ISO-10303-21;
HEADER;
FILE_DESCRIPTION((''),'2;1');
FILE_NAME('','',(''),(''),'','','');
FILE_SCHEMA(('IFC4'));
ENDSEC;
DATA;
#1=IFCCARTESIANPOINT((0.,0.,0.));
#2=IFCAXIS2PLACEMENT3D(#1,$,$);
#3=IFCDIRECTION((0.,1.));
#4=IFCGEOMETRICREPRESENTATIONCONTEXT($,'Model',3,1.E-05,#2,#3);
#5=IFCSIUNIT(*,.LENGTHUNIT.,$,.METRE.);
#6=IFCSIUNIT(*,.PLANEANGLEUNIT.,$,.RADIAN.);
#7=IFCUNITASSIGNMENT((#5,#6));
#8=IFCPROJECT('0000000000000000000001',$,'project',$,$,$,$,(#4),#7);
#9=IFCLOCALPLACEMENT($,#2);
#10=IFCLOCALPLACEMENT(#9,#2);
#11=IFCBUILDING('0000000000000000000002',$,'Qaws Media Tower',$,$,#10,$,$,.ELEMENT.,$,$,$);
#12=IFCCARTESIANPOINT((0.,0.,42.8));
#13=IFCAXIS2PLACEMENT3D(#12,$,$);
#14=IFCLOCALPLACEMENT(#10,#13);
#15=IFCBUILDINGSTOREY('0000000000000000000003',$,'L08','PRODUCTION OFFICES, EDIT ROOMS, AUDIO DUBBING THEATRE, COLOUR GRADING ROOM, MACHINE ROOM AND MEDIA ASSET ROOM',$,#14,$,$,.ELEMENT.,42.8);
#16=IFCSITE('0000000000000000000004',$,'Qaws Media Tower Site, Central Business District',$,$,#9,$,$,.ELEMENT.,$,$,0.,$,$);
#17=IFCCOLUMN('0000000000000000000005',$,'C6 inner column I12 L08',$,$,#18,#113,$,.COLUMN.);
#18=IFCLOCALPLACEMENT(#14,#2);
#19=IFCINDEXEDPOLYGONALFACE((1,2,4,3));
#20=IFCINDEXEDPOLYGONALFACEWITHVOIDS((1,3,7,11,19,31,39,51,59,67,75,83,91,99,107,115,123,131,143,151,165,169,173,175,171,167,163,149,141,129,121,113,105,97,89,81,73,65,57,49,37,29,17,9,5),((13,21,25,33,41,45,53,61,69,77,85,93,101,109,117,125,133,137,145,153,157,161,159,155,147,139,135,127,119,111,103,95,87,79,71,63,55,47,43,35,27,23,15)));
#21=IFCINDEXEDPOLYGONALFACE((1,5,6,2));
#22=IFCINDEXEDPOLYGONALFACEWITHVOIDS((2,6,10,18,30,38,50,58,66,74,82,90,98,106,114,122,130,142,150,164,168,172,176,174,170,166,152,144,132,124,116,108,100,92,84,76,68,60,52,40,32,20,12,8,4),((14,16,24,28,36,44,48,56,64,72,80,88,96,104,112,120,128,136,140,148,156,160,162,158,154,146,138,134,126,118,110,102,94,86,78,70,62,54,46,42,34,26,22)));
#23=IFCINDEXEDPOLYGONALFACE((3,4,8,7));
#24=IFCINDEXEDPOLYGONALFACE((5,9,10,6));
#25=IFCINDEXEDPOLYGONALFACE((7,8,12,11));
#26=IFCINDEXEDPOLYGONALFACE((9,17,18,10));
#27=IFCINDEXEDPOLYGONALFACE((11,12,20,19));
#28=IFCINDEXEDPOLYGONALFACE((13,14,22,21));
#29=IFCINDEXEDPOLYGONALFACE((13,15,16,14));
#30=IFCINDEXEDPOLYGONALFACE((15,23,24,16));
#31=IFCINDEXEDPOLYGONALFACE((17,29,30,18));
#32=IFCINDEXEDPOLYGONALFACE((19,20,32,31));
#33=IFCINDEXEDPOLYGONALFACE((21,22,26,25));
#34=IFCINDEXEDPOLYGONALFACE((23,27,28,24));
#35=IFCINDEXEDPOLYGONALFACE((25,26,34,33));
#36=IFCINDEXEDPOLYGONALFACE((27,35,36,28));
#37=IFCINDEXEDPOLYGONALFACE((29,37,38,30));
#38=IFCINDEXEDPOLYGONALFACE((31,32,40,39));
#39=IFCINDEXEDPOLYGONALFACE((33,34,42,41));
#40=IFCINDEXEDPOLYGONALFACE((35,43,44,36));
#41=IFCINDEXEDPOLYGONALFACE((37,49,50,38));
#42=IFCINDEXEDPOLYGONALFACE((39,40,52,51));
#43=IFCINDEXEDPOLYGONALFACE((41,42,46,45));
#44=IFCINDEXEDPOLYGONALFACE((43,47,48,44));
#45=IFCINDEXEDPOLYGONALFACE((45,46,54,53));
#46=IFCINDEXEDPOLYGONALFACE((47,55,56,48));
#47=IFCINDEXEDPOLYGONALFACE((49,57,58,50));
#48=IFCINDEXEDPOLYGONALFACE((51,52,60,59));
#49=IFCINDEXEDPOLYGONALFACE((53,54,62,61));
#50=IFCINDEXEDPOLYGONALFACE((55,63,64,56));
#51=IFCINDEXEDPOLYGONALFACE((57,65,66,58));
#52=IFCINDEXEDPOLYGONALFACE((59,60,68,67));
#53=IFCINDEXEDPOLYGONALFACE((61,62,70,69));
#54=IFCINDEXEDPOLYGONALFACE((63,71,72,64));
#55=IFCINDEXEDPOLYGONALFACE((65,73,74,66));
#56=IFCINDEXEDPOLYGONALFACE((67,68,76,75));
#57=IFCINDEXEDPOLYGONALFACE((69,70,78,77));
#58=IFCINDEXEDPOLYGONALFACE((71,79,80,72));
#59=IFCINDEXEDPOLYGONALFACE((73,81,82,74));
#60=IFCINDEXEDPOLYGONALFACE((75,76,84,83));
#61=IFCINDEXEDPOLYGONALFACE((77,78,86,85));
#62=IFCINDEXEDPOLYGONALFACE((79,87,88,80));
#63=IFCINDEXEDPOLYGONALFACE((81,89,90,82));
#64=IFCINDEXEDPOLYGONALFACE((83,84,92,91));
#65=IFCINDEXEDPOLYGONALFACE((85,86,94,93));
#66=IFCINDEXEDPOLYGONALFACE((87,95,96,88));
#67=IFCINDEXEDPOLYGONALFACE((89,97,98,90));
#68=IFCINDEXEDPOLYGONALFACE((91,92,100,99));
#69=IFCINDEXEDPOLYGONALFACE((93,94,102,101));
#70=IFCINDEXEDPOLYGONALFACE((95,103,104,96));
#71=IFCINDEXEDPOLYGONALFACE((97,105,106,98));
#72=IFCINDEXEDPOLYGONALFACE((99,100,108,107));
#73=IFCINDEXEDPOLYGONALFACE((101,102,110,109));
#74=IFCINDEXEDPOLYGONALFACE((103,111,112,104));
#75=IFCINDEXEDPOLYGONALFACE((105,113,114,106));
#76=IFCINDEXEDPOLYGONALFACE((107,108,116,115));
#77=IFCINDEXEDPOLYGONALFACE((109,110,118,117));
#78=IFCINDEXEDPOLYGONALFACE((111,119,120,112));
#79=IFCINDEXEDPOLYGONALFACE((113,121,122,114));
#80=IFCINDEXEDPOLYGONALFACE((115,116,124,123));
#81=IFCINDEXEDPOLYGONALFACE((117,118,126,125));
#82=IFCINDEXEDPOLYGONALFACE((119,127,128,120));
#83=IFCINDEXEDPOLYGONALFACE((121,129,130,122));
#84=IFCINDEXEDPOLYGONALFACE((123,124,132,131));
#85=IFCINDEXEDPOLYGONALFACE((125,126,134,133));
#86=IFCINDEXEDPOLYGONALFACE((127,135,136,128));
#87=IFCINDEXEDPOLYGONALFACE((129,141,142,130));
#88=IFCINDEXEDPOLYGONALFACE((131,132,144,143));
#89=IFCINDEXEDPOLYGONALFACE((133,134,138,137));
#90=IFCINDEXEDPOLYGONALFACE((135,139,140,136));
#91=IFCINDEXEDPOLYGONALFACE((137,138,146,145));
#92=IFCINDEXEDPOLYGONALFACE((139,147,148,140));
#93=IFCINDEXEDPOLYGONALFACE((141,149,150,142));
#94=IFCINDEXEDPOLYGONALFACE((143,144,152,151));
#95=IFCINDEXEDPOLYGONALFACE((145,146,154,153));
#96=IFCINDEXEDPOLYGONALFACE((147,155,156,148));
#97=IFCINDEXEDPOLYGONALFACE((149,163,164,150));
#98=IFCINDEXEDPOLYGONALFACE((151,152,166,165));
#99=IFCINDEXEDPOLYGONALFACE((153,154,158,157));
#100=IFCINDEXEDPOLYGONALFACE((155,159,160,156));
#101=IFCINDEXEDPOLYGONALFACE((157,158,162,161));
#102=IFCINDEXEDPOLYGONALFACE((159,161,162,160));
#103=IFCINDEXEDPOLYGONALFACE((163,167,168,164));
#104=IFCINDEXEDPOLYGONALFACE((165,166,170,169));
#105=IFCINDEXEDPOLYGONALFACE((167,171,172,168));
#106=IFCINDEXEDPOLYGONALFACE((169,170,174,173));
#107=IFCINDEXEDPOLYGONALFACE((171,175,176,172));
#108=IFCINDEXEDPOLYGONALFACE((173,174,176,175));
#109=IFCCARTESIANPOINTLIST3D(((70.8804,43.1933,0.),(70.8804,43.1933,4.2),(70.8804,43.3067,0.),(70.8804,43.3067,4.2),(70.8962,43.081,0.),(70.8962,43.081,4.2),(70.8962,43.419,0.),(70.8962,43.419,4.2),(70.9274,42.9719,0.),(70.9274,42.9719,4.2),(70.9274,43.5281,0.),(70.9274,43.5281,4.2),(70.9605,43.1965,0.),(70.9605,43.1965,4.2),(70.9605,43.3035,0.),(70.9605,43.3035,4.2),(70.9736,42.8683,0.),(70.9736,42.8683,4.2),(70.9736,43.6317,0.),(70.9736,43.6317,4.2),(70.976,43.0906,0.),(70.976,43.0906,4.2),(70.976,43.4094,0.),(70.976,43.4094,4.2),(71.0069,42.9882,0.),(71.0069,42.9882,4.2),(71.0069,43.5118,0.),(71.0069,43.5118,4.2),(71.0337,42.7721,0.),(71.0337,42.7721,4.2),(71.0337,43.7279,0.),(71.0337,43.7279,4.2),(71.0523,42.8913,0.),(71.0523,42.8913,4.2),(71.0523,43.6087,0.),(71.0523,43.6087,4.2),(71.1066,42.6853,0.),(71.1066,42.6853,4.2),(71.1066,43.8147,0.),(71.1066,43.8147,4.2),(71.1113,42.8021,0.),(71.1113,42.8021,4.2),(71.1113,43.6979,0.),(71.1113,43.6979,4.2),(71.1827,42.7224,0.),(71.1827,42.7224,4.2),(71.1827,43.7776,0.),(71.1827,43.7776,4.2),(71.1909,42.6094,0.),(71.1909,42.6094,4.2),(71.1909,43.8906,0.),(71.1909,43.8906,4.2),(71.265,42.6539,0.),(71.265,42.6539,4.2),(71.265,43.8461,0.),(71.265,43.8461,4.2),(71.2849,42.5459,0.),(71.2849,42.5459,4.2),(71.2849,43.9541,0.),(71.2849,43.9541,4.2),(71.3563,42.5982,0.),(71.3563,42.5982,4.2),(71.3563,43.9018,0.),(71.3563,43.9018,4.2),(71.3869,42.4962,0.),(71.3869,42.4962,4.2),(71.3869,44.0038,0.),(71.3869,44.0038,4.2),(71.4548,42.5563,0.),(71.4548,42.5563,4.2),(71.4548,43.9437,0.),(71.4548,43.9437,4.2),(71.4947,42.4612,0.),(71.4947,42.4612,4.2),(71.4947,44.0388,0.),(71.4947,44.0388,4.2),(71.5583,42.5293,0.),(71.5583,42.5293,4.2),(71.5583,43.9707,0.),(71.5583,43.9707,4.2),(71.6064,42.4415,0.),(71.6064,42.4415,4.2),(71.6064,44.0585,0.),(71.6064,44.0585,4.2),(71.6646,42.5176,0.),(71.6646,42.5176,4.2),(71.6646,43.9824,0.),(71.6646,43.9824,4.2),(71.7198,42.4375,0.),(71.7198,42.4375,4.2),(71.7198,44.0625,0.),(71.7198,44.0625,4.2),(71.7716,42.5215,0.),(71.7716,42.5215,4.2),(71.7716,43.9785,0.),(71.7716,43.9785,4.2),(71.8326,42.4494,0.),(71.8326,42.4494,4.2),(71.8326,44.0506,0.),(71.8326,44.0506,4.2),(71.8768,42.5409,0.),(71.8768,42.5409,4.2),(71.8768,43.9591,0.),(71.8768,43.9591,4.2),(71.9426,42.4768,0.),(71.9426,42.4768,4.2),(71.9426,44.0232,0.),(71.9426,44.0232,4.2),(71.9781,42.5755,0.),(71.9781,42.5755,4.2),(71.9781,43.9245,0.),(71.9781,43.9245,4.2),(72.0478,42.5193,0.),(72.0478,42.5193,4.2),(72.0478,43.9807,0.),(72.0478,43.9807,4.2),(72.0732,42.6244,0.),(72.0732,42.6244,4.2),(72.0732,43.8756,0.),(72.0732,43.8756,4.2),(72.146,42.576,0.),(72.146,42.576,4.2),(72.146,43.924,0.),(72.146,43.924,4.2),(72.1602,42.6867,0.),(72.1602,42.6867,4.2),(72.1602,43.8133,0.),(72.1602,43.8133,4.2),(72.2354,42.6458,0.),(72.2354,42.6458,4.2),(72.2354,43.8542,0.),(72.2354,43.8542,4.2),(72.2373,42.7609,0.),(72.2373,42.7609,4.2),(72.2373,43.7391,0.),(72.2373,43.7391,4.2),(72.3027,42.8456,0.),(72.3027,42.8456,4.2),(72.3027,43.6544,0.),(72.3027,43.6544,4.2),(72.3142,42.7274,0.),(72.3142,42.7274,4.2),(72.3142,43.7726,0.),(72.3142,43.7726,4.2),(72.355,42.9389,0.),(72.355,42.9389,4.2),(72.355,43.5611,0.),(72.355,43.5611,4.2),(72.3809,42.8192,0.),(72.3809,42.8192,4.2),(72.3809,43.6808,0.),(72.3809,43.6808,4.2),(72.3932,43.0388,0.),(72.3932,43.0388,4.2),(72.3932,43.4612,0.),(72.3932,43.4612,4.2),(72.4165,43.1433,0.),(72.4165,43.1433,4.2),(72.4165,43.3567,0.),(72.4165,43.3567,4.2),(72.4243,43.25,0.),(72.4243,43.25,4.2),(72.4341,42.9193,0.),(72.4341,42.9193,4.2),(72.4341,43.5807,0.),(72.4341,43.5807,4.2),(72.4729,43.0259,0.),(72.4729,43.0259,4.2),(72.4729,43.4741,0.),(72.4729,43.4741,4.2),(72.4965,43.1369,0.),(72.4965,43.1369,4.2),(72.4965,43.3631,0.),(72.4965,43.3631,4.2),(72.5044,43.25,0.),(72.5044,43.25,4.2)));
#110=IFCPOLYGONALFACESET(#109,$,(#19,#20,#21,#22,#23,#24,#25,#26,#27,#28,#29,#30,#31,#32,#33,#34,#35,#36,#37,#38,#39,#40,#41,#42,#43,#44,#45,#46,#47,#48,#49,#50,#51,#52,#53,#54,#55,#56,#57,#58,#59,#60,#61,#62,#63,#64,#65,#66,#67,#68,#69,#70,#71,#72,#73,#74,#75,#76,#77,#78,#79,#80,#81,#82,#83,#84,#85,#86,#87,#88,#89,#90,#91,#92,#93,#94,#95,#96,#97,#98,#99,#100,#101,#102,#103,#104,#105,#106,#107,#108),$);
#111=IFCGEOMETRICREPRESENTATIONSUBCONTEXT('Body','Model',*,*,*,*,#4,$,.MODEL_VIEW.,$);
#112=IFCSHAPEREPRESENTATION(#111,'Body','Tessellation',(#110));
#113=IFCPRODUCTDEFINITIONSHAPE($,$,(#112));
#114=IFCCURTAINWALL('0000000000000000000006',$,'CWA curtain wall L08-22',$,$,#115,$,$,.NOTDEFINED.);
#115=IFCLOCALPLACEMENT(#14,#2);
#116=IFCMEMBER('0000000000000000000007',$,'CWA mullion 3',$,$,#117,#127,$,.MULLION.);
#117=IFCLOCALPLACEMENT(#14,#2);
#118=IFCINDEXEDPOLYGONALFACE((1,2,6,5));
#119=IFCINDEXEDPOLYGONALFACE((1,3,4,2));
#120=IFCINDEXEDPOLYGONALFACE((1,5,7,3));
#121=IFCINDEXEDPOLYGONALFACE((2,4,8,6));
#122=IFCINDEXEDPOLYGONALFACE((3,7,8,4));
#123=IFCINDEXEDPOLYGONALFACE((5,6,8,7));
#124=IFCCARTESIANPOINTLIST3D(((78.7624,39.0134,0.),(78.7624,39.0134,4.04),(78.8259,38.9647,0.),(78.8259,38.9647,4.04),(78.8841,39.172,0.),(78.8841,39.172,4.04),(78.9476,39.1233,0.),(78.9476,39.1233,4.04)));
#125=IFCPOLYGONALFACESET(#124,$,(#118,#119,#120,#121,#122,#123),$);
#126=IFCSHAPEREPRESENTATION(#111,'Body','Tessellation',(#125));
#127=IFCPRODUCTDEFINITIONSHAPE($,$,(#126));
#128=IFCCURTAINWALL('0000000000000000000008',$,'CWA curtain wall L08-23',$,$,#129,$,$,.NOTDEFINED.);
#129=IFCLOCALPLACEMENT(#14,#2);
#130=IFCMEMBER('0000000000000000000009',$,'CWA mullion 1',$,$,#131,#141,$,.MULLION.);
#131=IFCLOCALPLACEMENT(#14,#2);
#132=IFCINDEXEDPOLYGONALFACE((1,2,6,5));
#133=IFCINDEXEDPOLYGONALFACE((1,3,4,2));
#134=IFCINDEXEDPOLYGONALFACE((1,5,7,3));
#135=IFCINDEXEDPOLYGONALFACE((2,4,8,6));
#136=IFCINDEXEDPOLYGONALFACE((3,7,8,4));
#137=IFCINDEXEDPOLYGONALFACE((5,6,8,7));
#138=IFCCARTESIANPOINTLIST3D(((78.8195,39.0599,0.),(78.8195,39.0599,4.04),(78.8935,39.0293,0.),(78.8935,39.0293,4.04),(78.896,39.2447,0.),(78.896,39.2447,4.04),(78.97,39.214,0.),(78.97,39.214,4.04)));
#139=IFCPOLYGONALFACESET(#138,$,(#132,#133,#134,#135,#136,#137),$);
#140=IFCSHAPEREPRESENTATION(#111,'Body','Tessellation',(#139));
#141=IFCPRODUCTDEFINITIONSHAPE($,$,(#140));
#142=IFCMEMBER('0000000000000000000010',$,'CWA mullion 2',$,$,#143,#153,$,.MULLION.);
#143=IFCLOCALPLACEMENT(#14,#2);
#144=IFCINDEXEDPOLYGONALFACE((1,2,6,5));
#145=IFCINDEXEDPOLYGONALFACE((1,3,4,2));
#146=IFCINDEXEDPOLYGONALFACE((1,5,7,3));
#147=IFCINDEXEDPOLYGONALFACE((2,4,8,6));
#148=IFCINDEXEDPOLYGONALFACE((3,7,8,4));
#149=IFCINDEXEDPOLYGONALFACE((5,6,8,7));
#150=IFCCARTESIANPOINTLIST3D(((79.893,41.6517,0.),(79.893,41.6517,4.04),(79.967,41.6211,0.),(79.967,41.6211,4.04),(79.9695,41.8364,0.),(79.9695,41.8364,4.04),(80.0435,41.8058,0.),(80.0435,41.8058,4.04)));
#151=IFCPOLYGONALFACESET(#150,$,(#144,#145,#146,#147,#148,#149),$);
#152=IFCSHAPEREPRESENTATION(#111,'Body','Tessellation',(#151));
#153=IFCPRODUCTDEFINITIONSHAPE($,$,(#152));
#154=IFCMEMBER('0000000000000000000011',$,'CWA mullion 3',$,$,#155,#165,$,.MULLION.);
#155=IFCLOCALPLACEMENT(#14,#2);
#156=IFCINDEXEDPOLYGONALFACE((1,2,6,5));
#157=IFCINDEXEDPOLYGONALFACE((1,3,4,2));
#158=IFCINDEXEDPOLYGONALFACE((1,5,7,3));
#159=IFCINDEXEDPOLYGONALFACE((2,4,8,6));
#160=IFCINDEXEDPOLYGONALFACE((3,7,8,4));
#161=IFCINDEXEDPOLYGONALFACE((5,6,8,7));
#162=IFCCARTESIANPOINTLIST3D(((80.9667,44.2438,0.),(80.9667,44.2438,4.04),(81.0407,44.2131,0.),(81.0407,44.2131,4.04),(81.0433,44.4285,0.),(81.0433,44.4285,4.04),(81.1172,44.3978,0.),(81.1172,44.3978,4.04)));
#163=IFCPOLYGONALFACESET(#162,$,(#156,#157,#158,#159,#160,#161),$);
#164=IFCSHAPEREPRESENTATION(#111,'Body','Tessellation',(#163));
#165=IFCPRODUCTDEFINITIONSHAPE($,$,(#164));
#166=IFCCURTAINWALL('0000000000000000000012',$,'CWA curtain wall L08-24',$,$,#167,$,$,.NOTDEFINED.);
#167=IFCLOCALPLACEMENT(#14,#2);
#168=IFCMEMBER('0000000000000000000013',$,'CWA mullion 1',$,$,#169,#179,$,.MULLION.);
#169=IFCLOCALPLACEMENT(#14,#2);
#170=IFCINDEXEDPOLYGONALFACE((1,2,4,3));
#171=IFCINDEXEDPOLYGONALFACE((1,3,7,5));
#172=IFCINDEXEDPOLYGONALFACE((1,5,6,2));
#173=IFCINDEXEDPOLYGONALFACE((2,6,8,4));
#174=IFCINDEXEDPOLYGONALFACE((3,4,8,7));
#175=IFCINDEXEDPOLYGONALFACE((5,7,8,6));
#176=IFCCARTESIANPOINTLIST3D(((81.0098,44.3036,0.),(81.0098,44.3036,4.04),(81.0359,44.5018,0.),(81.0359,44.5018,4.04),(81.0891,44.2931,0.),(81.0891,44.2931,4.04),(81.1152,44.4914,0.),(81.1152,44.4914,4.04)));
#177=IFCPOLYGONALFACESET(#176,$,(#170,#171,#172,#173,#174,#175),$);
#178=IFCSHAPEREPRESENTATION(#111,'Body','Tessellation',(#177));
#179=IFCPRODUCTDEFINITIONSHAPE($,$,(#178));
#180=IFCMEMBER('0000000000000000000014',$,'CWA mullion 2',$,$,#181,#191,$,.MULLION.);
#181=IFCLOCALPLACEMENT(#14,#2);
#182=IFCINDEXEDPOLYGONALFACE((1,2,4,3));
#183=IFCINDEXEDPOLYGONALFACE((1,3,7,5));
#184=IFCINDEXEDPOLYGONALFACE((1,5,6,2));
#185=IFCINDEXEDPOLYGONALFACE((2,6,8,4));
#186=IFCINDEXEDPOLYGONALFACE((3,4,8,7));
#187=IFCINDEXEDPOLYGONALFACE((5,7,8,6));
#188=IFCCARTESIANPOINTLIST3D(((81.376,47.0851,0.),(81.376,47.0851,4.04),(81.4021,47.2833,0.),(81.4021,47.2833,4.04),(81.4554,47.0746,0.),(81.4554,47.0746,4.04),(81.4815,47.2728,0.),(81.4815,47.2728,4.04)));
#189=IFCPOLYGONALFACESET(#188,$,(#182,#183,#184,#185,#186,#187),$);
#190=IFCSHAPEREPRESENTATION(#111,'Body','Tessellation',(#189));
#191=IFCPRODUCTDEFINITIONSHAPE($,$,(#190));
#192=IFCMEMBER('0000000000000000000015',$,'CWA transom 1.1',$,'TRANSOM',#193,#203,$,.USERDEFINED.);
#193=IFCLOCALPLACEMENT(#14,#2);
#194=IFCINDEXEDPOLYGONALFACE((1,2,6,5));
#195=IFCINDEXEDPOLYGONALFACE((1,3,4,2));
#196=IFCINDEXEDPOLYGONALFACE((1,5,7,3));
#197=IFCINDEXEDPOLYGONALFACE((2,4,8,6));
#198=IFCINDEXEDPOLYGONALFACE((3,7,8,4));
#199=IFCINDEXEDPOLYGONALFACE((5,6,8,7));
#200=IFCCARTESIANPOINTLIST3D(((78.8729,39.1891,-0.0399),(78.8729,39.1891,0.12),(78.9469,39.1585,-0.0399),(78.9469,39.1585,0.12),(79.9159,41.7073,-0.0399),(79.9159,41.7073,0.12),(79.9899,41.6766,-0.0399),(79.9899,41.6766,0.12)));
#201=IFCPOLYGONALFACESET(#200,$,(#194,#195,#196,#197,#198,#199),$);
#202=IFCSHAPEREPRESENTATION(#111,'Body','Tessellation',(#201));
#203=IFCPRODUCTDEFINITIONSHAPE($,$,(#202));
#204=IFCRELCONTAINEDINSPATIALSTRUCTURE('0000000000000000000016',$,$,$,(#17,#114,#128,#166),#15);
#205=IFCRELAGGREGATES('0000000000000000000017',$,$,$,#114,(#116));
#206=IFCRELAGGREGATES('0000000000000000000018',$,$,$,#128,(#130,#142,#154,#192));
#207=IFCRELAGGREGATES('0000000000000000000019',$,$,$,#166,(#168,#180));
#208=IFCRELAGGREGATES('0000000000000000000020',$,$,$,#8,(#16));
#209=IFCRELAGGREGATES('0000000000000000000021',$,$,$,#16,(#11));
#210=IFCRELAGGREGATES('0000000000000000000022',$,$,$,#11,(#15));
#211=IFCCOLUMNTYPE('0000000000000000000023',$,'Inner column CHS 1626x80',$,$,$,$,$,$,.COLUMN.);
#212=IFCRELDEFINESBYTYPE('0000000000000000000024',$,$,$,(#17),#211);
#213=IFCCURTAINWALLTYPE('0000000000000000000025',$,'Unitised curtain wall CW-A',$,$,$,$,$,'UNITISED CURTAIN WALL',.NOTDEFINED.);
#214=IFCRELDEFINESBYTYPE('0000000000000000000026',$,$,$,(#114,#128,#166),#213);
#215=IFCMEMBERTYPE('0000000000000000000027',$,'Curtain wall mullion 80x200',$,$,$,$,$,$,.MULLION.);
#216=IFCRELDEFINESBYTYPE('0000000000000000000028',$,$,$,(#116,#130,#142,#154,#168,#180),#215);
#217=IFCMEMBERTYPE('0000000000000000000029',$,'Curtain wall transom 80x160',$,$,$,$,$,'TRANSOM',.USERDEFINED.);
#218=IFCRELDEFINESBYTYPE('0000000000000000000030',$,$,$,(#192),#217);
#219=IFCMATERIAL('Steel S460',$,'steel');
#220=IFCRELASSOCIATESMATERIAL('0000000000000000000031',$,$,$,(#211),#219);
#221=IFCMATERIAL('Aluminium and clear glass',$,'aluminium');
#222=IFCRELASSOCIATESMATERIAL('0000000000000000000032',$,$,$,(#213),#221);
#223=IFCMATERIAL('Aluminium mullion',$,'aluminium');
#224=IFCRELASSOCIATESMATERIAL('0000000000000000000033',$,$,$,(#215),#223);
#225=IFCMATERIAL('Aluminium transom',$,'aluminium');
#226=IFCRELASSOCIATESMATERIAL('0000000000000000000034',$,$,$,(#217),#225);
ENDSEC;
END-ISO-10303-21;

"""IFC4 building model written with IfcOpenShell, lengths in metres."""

from ifc_helpers import new_model, si_unit, direction, frame, origin, origin_2d, place, context, subcontext, project, spatial, rectangle, hollow_circle, extrude, material, material_profile, profile_set, type_object, element, aggregate, save


model = new_model("IFC4")

# Units and contexts
model_context = context("Model", 3, precision=1e-05, world=origin(), true_north=direction((0.0, 1.0)))
body_context = subcontext(model_context, "Body", "Model", "MODEL_VIEW")
ifc_project = project(units=[si_unit("LENGTHUNIT", "METRE"), si_unit("PLANEANGLEUNIT", "RADIAN")], contexts=[model_context])

# Site, building, storey
site_placement = place(None, origin())
site = spatial("IfcSite", under=ifc_project, at=site_placement, Name="Qaws Media Tower Site, Central Business District", CompositionType="ELEMENT", RefElevation=0.0)
building_placement = place(site_placement, origin())
building = spatial("IfcBuilding", under=site, at=building_placement, Name="Qaws Media Tower", CompositionType="ELEMENT")
storey_placement = place(building_placement, frame((0.0, 0.0, 42.8)))
storey = spatial("IfcBuildingStorey", under=building, at=storey_placement, Name="L08", Description="PRODUCTION OFFICES, EDIT ROOMS, AUDIO DUBBING THEATRE, COLOUR GRADING ROOM, MACHINE ROOM AND MEDIA ASSET ROOM", CompositionType="ELEMENT", Elevation=42.8)

# Column
ifc_material_1 = material(Name="Steel S460", Category="steel")
ifc_material_profile_1 = material_profile(ifc_material_1, hollow_circle(Radius=0.813, WallThickness=0.0801, at=origin_2d()), Name="CHS 1626x80")
ifc_profile_set_1 = profile_set([ifc_material_profile_1], Name="Steel S460")
column_type = type_object("IfcColumnType", Name="Inner column CHS 1626x80", PredefinedType="COLUMN", material=ifc_profile_set_1)
column_placement = place(storey_placement, frame((71.6914, 43.25, 0.0), z_axis=(0.0, 0.0, 1.0), x_axis=(1.0, 0.0, 0.0)))
element("IfcColumn", 1, at=column_placement, inside=storey, type_object=column_type, Name="C6 inner column I12 L08", PredefinedType="COLUMN", context=body_context, shape_type="SweptSolid", body=[
    extrude(hollow_circle(Radius=0.813, WallThickness=0.0801, at=origin_2d()), origin(), (0.0, 0.0, 1.0), 4.2),
])

# Curtain wall, member
ifc_material_2 = material(Name="Aluminium and clear glass", Category="aluminium")
curtain_wall_type = type_object("IfcCurtainWallType", Name="Unitised curtain wall CW-A", ElementType="UNITISED CURTAIN WALL", PredefinedType="NOTDEFINED", material=ifc_material_2)
curtain_wall_1_placement = place(storey_placement, origin())
curtain_wall_1 = element("IfcCurtainWall", 2, at=curtain_wall_1_placement, inside=storey, type_object=curtain_wall_type, Name="CWA curtain wall L08-22", PredefinedType="NOTDEFINED")
ifc_material_3 = material(Name="Aluminium mullion", Category="aluminium")
ifc_material_profile_2 = material_profile(ifc_material_3, rectangle(XDim=0.0801, YDim=0.2, at=origin_2d()), Name="80x200")
ifc_profile_set_2 = profile_set([ifc_material_profile_2], Name="Aluminium mullion")
member_type_1 = type_object("IfcMemberType", Name="Curtain wall mullion 80x200", PredefinedType="MULLION", material=ifc_profile_set_2)
member_1_placement = place(storey_placement, frame((78.855, 39.0684, 0.0), z_axis=(0.0, 0.0, 1.0), x_axis=(-0.793353, 0.608761, 0.0)))
member_1 = element("IfcMember", 3, at=member_1_placement, type_object=member_type_1, Name="CWA mullion 3", PredefinedType="MULLION", context=body_context, shape_type="SweptSolid", body=[
    extrude(rectangle(XDim=0.0801, YDim=0.2, at=origin_2d()), origin(), (0.0, 0.0, 1.0), 4.04),
])
aggregate(curtain_wall_1, [member_1])

# Curtain walls, members
curtain_wall_2_placement = place(storey_placement, origin())
curtain_wall_2 = element("IfcCurtainWall", 4, at=curtain_wall_2_placement, inside=storey, type_object=curtain_wall_type, Name="CWA curtain wall L08-23", PredefinedType="NOTDEFINED")
member_2_placement = place(storey_placement, frame((78.8948, 39.137, 0.0), z_axis=(0.0, 0.0, 1.0), x_axis=(-0.92388, 0.382683, 0.0)))
member_2 = element("IfcMember", 5, at=member_2_placement, type_object=member_type_1, Name="CWA mullion 1", PredefinedType="MULLION", context=body_context, shape_type="SweptSolid", body=[
    extrude(rectangle(XDim=0.0801, YDim=0.2, at=origin_2d()), origin(), (0.0, 0.0, 1.0), 4.04),
])
member_3_placement = place(storey_placement, frame((79.9683, 41.7288, 0.0), z_axis=(0.0, 0.0, 1.0), x_axis=(-0.92388, 0.382683, 0.0)))
member_3 = element("IfcMember", 6, at=member_3_placement, type_object=member_type_1, Name="CWA mullion 2", PredefinedType="MULLION", context=body_context, shape_type="SweptSolid", body=[
    extrude(rectangle(XDim=0.0801, YDim=0.2, at=origin_2d()), origin(), (0.0, 0.0, 1.0), 4.04),
])
member_4_placement = place(storey_placement, frame((81.042, 44.3208, 0.0), z_axis=(0.0, 0.0, 1.0), x_axis=(-0.92388, 0.382683, 0.0)))
member_4 = element("IfcMember", 7, at=member_4_placement, type_object=member_type_1, Name="CWA mullion 3", PredefinedType="MULLION", context=body_context, shape_type="SweptSolid", body=[
    extrude(rectangle(XDim=0.0801, YDim=0.2, at=origin_2d()), origin(), (0.0, 0.0, 1.0), 4.04),
])
curtain_wall_3_placement = place(storey_placement, origin())
curtain_wall_3 = element("IfcCurtainWall", 8, at=curtain_wall_3_placement, inside=storey, type_object=curtain_wall_type, Name="CWA curtain wall L08-24", PredefinedType="NOTDEFINED")
member_5_placement = place(storey_placement, frame((81.0625, 44.3975, 0.0), z_axis=(0.0, 0.0, 1.0), x_axis=(-0.991445, 0.130526, 0.0)))
member_5 = element("IfcMember", 9, at=member_5_placement, type_object=member_type_1, Name="CWA mullion 1", PredefinedType="MULLION", context=body_context, shape_type="SweptSolid", body=[
    extrude(rectangle(XDim=0.0801, YDim=0.2, at=origin_2d()), origin(), (0.0, 0.0, 1.0), 4.04),
])
member_6_placement = place(storey_placement, frame((81.4287, 47.179, 0.0), z_axis=(0.0, 0.0, 1.0), x_axis=(-0.991445, 0.130526, 0.0)))
member_6 = element("IfcMember", 10, at=member_6_placement, type_object=member_type_1, Name="CWA mullion 2", PredefinedType="MULLION", context=body_context, shape_type="SweptSolid", body=[
    extrude(rectangle(XDim=0.0801, YDim=0.2, at=origin_2d()), origin(), (0.0, 0.0, 1.0), 4.04),
])

# Member
ifc_material_4 = material(Name="Aluminium transom", Category="aluminium")
ifc_material_profile_3 = material_profile(ifc_material_4, rectangle(XDim=0.0801, YDim=0.1599, at=origin_2d()), Name="80x160")
ifc_profile_set_3 = profile_set([ifc_material_profile_3], Name="Aluminium transom")
member_type_2 = type_object("IfcMemberType", Name="Curtain wall transom 80x160", ElementType="TRANSOM", PredefinedType="USERDEFINED", material=ifc_profile_set_3)
member_7_placement = place(storey_placement, frame((78.9099, 39.1738, 0.04), z_axis=(0.382668, 0.923886, 0.0), x_axis=(-0.923886, 0.382668, 0.0)))
member_7 = element("IfcMember", 11, at=member_7_placement, type_object=member_type_2, Name="CWA transom 1.1", ObjectType="TRANSOM", PredefinedType="USERDEFINED", context=body_context, shape_type="SweptSolid", body=[
    extrude(rectangle(XDim=0.0801, YDim=0.1599, at=origin_2d()), origin(), (0.0, 0.0, 1.0), 2.7256),
])

aggregate(curtain_wall_2, [member_2, member_3, member_4, member_7])
aggregate(curtain_wall_3, [member_5, member_6])

save(model, "model.ifc")
